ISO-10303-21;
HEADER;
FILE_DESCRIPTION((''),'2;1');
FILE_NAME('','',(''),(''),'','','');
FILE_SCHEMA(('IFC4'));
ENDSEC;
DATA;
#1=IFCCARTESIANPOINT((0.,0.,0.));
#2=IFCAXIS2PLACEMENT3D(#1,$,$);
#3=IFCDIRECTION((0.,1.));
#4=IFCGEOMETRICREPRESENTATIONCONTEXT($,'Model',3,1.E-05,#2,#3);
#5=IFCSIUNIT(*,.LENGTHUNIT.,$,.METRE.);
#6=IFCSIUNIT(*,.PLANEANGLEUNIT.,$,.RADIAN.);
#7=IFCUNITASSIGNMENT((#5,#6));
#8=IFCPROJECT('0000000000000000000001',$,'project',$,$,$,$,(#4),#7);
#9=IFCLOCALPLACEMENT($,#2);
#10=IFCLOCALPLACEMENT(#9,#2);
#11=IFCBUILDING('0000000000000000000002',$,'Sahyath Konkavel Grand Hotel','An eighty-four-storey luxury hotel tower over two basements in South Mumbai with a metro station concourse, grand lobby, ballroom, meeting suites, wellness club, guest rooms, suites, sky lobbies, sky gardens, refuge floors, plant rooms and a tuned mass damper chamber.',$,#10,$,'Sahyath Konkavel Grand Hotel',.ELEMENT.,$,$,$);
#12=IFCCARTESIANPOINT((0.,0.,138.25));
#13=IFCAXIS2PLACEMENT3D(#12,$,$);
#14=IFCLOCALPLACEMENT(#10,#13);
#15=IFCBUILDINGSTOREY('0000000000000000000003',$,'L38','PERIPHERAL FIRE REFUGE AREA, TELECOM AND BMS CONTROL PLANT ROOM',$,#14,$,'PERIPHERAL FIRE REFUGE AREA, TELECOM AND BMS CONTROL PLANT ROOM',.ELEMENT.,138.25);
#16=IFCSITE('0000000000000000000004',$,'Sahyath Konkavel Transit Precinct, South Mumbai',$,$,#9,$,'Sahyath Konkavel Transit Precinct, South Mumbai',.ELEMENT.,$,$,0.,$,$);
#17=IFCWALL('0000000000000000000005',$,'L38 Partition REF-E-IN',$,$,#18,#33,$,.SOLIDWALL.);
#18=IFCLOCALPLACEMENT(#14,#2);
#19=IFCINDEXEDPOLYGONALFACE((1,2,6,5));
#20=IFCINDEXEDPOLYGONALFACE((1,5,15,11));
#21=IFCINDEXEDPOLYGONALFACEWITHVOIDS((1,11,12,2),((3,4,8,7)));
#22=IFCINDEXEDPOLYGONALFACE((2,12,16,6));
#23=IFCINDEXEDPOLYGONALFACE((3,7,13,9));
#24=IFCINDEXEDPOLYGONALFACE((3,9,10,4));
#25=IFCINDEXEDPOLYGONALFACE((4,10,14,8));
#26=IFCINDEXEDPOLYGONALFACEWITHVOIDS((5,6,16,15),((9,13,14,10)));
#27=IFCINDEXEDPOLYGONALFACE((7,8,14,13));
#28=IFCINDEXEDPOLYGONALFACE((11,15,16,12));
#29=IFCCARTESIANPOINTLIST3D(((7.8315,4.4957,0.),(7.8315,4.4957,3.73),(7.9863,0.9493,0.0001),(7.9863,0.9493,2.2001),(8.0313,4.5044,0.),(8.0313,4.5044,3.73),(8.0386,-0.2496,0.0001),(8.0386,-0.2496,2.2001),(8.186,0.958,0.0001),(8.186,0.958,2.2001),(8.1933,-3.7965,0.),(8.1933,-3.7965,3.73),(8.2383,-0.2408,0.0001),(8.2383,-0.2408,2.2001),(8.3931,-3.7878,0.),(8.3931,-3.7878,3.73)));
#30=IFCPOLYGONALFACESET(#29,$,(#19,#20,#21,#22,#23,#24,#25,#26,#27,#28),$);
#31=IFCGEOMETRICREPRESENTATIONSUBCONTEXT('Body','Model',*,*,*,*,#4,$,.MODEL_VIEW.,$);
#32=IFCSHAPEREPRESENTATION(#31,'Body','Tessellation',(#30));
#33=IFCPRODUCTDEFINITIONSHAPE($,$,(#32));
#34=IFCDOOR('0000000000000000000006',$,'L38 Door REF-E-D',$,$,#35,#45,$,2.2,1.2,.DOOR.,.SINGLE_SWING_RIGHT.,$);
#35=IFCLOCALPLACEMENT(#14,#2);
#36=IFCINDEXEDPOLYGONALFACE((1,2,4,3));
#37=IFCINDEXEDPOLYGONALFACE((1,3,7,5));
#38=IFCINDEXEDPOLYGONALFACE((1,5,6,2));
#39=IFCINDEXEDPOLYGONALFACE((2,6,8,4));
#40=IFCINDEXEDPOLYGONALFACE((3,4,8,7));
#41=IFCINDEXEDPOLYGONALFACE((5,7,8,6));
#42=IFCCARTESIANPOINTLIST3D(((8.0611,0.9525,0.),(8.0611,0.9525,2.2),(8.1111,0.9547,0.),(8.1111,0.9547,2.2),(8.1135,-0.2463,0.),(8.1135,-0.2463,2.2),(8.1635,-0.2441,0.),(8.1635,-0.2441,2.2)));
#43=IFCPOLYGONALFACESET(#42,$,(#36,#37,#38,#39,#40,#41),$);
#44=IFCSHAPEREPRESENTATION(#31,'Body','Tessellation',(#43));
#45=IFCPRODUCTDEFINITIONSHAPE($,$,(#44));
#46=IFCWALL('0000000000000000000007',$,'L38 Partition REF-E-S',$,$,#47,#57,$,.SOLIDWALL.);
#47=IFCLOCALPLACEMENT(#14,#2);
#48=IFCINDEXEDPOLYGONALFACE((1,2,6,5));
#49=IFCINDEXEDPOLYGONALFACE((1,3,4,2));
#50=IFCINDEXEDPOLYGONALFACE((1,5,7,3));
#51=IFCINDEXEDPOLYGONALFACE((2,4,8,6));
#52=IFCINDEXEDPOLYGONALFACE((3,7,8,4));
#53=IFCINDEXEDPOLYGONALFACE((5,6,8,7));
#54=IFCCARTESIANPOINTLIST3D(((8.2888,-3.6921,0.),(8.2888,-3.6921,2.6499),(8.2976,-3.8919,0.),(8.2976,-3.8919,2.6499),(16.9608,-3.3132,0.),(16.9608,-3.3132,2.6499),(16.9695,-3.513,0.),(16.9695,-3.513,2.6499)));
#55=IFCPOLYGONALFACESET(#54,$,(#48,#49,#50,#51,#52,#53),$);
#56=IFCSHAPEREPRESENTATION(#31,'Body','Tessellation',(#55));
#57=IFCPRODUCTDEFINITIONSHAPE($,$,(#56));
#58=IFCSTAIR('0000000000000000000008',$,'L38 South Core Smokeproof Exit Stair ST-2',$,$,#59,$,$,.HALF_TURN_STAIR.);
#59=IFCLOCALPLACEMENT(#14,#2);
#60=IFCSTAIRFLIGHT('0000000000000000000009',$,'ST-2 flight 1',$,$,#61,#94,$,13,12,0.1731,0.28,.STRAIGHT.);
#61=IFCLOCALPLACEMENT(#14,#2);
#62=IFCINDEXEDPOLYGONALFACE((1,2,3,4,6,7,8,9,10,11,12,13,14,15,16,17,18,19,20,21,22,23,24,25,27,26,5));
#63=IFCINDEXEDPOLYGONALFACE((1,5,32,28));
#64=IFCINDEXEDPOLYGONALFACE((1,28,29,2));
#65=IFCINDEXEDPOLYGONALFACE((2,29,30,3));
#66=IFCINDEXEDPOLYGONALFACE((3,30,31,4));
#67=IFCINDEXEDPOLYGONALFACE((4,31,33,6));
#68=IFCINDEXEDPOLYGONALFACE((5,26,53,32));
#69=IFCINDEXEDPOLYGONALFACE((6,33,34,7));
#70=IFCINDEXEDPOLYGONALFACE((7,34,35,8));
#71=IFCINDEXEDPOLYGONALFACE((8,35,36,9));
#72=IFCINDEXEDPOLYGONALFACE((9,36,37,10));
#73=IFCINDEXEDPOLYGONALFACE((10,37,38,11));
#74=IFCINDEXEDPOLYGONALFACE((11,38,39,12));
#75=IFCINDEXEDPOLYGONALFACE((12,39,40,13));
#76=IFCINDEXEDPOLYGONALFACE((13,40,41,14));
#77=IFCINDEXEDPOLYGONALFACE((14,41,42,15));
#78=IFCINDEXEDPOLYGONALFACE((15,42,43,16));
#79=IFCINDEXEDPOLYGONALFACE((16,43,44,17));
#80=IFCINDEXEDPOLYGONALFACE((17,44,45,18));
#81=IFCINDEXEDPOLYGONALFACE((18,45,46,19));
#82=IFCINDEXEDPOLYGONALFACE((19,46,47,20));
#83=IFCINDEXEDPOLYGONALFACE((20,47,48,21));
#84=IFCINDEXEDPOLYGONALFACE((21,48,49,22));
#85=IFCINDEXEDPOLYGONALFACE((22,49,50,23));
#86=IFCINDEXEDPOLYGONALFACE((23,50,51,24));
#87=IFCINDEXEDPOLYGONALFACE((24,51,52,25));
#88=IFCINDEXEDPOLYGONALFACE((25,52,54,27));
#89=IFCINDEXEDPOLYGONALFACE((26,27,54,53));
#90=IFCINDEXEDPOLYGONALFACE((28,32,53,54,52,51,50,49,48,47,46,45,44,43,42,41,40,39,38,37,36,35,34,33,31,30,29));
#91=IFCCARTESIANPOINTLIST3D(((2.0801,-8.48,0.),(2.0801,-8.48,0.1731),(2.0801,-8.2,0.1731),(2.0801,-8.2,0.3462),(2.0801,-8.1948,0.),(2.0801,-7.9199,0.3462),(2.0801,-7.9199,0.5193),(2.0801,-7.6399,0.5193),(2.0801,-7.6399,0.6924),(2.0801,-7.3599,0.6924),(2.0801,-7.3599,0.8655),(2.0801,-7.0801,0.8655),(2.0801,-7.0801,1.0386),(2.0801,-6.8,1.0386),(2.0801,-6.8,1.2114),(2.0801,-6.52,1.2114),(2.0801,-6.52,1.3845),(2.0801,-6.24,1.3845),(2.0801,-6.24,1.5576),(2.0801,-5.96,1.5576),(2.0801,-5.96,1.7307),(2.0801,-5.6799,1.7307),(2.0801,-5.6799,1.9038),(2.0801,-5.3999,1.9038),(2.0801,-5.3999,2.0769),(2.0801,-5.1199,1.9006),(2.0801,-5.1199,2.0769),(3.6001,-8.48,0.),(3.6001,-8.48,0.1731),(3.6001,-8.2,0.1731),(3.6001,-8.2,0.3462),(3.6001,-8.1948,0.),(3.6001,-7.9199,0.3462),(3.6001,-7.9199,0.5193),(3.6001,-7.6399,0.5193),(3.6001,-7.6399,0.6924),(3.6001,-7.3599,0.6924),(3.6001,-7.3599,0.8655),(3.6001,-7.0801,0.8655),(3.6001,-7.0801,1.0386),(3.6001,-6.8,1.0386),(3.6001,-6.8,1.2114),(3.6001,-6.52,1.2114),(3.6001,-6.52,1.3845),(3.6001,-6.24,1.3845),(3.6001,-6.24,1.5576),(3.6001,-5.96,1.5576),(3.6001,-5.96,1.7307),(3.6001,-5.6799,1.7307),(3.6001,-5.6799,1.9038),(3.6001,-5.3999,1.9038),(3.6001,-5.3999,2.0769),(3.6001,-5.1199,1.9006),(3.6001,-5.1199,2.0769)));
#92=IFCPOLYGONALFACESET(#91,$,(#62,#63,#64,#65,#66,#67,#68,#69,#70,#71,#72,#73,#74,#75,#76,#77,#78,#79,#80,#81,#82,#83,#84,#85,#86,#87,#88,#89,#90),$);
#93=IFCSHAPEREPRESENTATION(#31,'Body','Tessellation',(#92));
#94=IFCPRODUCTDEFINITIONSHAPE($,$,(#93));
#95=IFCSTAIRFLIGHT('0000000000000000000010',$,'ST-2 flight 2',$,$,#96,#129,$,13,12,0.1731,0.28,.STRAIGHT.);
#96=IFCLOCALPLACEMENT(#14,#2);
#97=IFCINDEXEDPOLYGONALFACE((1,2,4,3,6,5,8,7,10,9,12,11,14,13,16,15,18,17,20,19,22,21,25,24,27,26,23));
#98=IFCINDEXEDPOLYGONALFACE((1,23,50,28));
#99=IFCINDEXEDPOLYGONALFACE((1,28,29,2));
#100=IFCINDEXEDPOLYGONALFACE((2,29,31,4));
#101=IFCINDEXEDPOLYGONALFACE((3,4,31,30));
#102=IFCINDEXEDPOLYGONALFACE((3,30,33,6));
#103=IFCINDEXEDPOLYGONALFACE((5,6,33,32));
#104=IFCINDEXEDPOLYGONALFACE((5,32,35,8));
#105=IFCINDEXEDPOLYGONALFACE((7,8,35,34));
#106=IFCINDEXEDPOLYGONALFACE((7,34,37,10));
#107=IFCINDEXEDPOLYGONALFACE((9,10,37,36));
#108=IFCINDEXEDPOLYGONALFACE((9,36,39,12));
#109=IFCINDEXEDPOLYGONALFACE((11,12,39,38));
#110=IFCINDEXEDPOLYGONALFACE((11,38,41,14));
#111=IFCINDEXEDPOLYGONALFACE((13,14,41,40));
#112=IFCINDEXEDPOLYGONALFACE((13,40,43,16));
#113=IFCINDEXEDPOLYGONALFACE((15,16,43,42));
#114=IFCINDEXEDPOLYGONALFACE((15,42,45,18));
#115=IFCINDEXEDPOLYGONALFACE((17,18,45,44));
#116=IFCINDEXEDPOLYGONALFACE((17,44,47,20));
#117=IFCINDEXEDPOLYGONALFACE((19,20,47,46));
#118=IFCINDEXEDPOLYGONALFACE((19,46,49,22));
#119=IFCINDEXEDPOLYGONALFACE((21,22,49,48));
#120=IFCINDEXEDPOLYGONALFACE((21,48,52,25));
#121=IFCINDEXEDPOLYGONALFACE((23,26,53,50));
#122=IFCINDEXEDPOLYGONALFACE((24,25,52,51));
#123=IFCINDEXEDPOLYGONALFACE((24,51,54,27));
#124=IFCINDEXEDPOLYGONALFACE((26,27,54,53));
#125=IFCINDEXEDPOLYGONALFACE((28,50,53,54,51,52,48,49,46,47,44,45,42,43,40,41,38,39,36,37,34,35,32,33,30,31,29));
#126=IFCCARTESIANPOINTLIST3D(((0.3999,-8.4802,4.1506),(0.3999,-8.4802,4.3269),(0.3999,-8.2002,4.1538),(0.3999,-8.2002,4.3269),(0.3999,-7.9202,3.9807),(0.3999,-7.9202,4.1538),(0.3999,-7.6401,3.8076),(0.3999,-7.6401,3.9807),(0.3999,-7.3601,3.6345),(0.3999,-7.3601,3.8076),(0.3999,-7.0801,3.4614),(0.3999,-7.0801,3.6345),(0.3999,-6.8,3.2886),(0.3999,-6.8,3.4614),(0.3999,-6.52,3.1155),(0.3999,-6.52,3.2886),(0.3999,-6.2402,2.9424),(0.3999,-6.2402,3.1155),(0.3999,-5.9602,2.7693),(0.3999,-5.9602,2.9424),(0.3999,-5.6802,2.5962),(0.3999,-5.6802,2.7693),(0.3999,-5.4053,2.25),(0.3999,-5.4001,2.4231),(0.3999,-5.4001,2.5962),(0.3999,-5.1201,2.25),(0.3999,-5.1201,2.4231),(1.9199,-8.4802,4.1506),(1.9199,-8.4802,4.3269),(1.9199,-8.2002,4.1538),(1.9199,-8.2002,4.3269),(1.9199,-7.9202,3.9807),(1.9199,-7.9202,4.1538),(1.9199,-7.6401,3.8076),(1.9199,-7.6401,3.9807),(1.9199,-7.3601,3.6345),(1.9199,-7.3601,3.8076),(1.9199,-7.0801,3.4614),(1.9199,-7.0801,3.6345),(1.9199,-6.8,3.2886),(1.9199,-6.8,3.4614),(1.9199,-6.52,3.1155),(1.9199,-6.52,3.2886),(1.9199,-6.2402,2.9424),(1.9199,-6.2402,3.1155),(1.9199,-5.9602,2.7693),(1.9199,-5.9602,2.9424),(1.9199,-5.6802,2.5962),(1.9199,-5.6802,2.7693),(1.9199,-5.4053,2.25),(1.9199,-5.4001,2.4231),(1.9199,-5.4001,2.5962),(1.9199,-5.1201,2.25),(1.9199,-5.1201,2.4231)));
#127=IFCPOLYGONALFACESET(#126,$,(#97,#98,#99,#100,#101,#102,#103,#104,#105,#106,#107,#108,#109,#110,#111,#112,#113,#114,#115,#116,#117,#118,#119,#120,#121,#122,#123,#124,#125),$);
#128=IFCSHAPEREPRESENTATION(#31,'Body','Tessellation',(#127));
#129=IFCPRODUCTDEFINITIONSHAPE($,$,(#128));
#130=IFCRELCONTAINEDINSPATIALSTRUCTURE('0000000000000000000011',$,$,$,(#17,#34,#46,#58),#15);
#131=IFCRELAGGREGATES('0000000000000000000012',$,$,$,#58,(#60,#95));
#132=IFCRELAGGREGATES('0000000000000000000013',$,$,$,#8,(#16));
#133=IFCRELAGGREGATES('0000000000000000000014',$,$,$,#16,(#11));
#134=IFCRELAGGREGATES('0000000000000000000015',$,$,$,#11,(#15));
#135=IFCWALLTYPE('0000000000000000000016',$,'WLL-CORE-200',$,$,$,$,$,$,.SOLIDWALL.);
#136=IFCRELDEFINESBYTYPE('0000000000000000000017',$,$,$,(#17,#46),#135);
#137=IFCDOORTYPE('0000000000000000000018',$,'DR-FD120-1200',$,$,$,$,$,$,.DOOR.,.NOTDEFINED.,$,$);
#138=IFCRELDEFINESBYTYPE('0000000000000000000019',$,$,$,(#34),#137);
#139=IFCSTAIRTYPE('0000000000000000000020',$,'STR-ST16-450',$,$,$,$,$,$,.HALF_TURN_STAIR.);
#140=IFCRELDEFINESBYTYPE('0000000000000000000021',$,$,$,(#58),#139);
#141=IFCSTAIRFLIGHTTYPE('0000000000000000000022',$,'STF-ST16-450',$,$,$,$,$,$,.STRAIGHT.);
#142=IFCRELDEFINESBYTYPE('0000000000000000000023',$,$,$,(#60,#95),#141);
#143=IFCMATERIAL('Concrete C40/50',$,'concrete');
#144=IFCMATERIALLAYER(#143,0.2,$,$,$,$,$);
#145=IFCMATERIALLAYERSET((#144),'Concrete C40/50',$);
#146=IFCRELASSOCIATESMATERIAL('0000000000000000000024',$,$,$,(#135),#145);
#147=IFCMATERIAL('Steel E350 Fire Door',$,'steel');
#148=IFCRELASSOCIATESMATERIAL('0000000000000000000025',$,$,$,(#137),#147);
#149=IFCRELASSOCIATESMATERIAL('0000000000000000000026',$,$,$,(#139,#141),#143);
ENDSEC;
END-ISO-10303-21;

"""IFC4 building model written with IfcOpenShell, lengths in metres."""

from ifc_helpers import new_model, si_unit, direction, frame, frame_2d, origin, origin_2d, place, context, subcontext, project, spatial, polyline, rectangle, outline, extrude, source, transform, mapped, material, layer, layer_set, type_object, element, fill, aggregate, save


model = new_model("IFC4")

# Units and contexts
model_context = context("Model", 3, precision=1e-05, world=origin(), true_north=direction((0.0, 1.0)))
body_context = subcontext(model_context, "Body", "Model", "MODEL_VIEW")
ifc_project = project(units=[si_unit("LENGTHUNIT", "METRE"), si_unit("PLANEANGLEUNIT", "RADIAN")], contexts=[model_context])

# Site, building, storey
site_placement = place(None, origin())
site = spatial("IfcSite", under=ifc_project, at=site_placement, Name="Sahyath Konkavel Transit Precinct, South Mumbai", LongName="Sahyath Konkavel Transit Precinct, South Mumbai", CompositionType="ELEMENT", RefElevation=0.0)
building_placement = place(site_placement, origin())
building = spatial("IfcBuilding", under=site, at=building_placement, Name="Sahyath Konkavel Grand Hotel", Description="An eighty-four-storey luxury hotel tower over two basements in South Mumbai with a metro station concourse, grand lobby, ballroom, meeting suites, wellness club, guest rooms, suites, sky lobbies, sky gardens, refuge floors, plant rooms and a tuned mass damper chamber.", LongName="Sahyath Konkavel Grand Hotel", CompositionType="ELEMENT")
storey_placement = place(building_placement, frame((0.0, 0.0, 138.25)))
storey = spatial("IfcBuildingStorey", under=building, at=storey_placement, Name="L38", Description="PERIPHERAL FIRE REFUGE AREA, TELECOM AND BMS CONTROL PLANT ROOM", LongName="PERIPHERAL FIRE REFUGE AREA, TELECOM AND BMS CONTROL PLANT ROOM", CompositionType="ELEMENT", Elevation=138.25)

# Shared definitions
ifc_material_1 = material(Name="Concrete C40/50", Category="concrete")
ifc_layer = layer(ifc_material_1, 0.2)
ifc_layer_set = layer_set([ifc_layer], Name="Concrete C40/50")
wall_type = type_object("IfcWallType", Name="WLL-CORE-200", PredefinedType="SOLIDWALL", material=ifc_layer_set)

# Wall, opening, door
wall_1_placement = place(storey_placement, frame((8.2932, -3.792, 0.0), z_axis=(0.0, 0.0, 1.0), x_axis=(-0.043592, 0.999049, 0.0)))
wall_1 = element("IfcWall", 1, at=wall_1_placement, inside=storey, type_object=wall_type, Name="L38 Partition REF-E-IN", PredefinedType="SOLIDWALL", context=body_context, shape_type="SweptSolid", body=[
    extrude(rectangle(XDim=8.3, YDim=0.2, at=frame_2d((4.1499, 0.0))), origin(), (0.0, 0.0, 1.0), 3.73),
])
opening_placement = place(wall_1_placement, frame((3.55, 0.0, 0.0)))
opening = element("IfcOpeningElement", 2, at=opening_placement, cuts=wall_1, PredefinedType="OPENING", context=body_context, shape_type="SweptSolid", body=[
    extrude(rectangle(XDim=1.2, YDim=2.2, at=frame_2d((0.6001, 1.1001))), frame((0.0, 0.1099, 0.0), z_axis=(0.0, -1.0, 0.0), x_axis=(1.0, 0.0, 0.0)), (0.0, 0.0, 1.0), 0.22),
])
ifc_material_2 = material(Name="Steel E350 Fire Door", Category="steel")
door_type = type_object("IfcDoorType", Name="DR-FD120-1200", OperationType="NOTDEFINED", PredefinedType="DOOR", material=ifc_material_2)
shared_shape_1 = source(origin(), body_context, "Body", "SweptSolid", [
    extrude(rectangle(XDim=1.2, YDim=0.05, at=origin_2d()), origin(), (0.0, 0.0, 1.0), 2.2),
])
door_placement = place(opening_placement, frame((0.6001, 0.0, 0.0)))
door = element("IfcDoor", 3, at=door_placement, inside=storey, type_object=door_type, Name="L38 Door REF-E-D", OperationType="SINGLE_SWING_RIGHT", OverallHeight=2.2, OverallWidth=1.2, PredefinedType="DOOR", context=body_context, shape_type="MappedRepresentation", body=[
    mapped(shared_shape_1, transform((0.0, 0.0, 0.0), scale=1.0)),
])
fill(opening, door)

# Wall
wall_2_placement = place(storey_placement, frame((8.2932, -3.792, 0.0), z_axis=(0.0, 0.0, 1.0), x_axis=(0.999047, 0.043652, 0.0)))
element("IfcWall", 4, at=wall_2_placement, inside=storey, type_object=wall_type, Name="L38 Partition REF-E-S", PredefinedType="SOLIDWALL", context=body_context, shape_type="SweptSolid", body=[
    extrude(rectangle(XDim=8.6802, YDim=0.2, at=frame_2d((4.3401, 0.0))), origin(), (0.0, 0.0, 1.0), 2.6499),
])

# Stair, stair flights
stair_type = type_object("IfcStairType", Name="STR-ST16-450", PredefinedType="HALF_TURN_STAIR", material=ifc_material_1)
stair_placement = place(storey_placement, origin())
stair = element("IfcStair", 5, at=stair_placement, inside=storey, type_object=stair_type, Name="L38 South Core Smokeproof Exit Stair ST-2", PredefinedType="HALF_TURN_STAIR")
stair_flight_type = type_object("IfcStairFlightType", Name="STF-ST16-450", PredefinedType="STRAIGHT", material=ifc_material_1)
stair_flight_1_placement = place(storey_placement, frame((2.8401, -8.48, 0.0), z_axis=(0.0, 0.0, 1.0), x_axis=(0.0, 1.0, 0.0)))
stair_flight_1 = element("IfcStairFlight", 6, at=stair_flight_1_placement, type_object=stair_flight_type, Name="ST-2 flight 1", NumberOfRisers=13, NumberOfTreads=12, PredefinedType="STRAIGHT", RiserHeight=0.1731, TreadLength=0.28, context=body_context, shape_type="SweptSolid", body=[
    extrude(outline(polyline([(0.0, 0.0), (0.0, 0.1731), (0.28, 0.1731), (0.28, 0.3462), (0.5601, 0.3462), (0.5601, 0.5193), (0.8401, 0.5193), (0.8401, 0.6924), (1.1201, 0.6924), (1.1201, 0.8655), (1.3999, 0.8655), (1.3999, 1.0386), (1.6799, 1.0386), (1.6799, 1.2114), (1.96, 1.2114), (1.96, 1.3845), (2.24, 1.3845), (2.24, 1.5576), (2.52, 1.5576), (2.52, 1.7307), (2.8, 1.7307), (2.8, 1.9038), (3.0801, 1.9038), (3.0801, 2.0769), (3.3601, 2.0769), (3.3601, 2.25), (3.3601, 1.9006), (0.2852, 0.0), (0.0, 0.0)])), frame((0.0, 0.76, 0.0), z_axis=(0.0, -1.0, 0.0), x_axis=(1.0, 0.0, 0.0)), (0.0, 0.0, 1.0), 1.52),
])
stair_flight_2_placement = place(storey_placement, frame((1.1599, -5.1201, 2.25), z_axis=(0.0, 0.0, 1.0), x_axis=(0.0, -1.0, 0.0)))
stair_flight_2 = element("IfcStairFlight", 7, at=stair_flight_2_placement, type_object=stair_flight_type, Name="ST-2 flight 2", NumberOfRisers=13, NumberOfTreads=12, PredefinedType="STRAIGHT", RiserHeight=0.1731, TreadLength=0.28, context=body_context, shape_type="SweptSolid", body=[
    extrude(outline(polyline([(0.0, 0.0), (0.0, 0.1731), (0.28, 0.1731), (0.28, 0.3462), (0.5601, 0.3462), (0.5601, 0.5193), (0.8401, 0.5193), (0.8401, 0.6924), (1.1201, 0.6924), (1.1201, 0.8655), (1.3999, 0.8655), (1.3999, 1.0386), (1.6799, 1.0386), (1.6799, 1.2114), (1.96, 1.2114), (1.96, 1.3845), (2.24, 1.3845), (2.24, 1.5576), (2.52, 1.5576), (2.52, 1.7307), (2.8, 1.7307), (2.8, 1.9038), (3.0801, 1.9038), (3.0801, 2.0769), (3.3601, 2.0769), (3.3601, 2.25), (3.3601, 1.9006), (0.2852, 0.0), (0.0, 0.0)])), frame((0.0, 0.76, 0.0), z_axis=(0.0, -1.0, 0.0), x_axis=(1.0, 0.0, 0.0)), (0.0, 0.0, 1.0), 1.52),
])
aggregate(stair, [stair_flight_1, stair_flight_2])

save(model, "model.ifc")
